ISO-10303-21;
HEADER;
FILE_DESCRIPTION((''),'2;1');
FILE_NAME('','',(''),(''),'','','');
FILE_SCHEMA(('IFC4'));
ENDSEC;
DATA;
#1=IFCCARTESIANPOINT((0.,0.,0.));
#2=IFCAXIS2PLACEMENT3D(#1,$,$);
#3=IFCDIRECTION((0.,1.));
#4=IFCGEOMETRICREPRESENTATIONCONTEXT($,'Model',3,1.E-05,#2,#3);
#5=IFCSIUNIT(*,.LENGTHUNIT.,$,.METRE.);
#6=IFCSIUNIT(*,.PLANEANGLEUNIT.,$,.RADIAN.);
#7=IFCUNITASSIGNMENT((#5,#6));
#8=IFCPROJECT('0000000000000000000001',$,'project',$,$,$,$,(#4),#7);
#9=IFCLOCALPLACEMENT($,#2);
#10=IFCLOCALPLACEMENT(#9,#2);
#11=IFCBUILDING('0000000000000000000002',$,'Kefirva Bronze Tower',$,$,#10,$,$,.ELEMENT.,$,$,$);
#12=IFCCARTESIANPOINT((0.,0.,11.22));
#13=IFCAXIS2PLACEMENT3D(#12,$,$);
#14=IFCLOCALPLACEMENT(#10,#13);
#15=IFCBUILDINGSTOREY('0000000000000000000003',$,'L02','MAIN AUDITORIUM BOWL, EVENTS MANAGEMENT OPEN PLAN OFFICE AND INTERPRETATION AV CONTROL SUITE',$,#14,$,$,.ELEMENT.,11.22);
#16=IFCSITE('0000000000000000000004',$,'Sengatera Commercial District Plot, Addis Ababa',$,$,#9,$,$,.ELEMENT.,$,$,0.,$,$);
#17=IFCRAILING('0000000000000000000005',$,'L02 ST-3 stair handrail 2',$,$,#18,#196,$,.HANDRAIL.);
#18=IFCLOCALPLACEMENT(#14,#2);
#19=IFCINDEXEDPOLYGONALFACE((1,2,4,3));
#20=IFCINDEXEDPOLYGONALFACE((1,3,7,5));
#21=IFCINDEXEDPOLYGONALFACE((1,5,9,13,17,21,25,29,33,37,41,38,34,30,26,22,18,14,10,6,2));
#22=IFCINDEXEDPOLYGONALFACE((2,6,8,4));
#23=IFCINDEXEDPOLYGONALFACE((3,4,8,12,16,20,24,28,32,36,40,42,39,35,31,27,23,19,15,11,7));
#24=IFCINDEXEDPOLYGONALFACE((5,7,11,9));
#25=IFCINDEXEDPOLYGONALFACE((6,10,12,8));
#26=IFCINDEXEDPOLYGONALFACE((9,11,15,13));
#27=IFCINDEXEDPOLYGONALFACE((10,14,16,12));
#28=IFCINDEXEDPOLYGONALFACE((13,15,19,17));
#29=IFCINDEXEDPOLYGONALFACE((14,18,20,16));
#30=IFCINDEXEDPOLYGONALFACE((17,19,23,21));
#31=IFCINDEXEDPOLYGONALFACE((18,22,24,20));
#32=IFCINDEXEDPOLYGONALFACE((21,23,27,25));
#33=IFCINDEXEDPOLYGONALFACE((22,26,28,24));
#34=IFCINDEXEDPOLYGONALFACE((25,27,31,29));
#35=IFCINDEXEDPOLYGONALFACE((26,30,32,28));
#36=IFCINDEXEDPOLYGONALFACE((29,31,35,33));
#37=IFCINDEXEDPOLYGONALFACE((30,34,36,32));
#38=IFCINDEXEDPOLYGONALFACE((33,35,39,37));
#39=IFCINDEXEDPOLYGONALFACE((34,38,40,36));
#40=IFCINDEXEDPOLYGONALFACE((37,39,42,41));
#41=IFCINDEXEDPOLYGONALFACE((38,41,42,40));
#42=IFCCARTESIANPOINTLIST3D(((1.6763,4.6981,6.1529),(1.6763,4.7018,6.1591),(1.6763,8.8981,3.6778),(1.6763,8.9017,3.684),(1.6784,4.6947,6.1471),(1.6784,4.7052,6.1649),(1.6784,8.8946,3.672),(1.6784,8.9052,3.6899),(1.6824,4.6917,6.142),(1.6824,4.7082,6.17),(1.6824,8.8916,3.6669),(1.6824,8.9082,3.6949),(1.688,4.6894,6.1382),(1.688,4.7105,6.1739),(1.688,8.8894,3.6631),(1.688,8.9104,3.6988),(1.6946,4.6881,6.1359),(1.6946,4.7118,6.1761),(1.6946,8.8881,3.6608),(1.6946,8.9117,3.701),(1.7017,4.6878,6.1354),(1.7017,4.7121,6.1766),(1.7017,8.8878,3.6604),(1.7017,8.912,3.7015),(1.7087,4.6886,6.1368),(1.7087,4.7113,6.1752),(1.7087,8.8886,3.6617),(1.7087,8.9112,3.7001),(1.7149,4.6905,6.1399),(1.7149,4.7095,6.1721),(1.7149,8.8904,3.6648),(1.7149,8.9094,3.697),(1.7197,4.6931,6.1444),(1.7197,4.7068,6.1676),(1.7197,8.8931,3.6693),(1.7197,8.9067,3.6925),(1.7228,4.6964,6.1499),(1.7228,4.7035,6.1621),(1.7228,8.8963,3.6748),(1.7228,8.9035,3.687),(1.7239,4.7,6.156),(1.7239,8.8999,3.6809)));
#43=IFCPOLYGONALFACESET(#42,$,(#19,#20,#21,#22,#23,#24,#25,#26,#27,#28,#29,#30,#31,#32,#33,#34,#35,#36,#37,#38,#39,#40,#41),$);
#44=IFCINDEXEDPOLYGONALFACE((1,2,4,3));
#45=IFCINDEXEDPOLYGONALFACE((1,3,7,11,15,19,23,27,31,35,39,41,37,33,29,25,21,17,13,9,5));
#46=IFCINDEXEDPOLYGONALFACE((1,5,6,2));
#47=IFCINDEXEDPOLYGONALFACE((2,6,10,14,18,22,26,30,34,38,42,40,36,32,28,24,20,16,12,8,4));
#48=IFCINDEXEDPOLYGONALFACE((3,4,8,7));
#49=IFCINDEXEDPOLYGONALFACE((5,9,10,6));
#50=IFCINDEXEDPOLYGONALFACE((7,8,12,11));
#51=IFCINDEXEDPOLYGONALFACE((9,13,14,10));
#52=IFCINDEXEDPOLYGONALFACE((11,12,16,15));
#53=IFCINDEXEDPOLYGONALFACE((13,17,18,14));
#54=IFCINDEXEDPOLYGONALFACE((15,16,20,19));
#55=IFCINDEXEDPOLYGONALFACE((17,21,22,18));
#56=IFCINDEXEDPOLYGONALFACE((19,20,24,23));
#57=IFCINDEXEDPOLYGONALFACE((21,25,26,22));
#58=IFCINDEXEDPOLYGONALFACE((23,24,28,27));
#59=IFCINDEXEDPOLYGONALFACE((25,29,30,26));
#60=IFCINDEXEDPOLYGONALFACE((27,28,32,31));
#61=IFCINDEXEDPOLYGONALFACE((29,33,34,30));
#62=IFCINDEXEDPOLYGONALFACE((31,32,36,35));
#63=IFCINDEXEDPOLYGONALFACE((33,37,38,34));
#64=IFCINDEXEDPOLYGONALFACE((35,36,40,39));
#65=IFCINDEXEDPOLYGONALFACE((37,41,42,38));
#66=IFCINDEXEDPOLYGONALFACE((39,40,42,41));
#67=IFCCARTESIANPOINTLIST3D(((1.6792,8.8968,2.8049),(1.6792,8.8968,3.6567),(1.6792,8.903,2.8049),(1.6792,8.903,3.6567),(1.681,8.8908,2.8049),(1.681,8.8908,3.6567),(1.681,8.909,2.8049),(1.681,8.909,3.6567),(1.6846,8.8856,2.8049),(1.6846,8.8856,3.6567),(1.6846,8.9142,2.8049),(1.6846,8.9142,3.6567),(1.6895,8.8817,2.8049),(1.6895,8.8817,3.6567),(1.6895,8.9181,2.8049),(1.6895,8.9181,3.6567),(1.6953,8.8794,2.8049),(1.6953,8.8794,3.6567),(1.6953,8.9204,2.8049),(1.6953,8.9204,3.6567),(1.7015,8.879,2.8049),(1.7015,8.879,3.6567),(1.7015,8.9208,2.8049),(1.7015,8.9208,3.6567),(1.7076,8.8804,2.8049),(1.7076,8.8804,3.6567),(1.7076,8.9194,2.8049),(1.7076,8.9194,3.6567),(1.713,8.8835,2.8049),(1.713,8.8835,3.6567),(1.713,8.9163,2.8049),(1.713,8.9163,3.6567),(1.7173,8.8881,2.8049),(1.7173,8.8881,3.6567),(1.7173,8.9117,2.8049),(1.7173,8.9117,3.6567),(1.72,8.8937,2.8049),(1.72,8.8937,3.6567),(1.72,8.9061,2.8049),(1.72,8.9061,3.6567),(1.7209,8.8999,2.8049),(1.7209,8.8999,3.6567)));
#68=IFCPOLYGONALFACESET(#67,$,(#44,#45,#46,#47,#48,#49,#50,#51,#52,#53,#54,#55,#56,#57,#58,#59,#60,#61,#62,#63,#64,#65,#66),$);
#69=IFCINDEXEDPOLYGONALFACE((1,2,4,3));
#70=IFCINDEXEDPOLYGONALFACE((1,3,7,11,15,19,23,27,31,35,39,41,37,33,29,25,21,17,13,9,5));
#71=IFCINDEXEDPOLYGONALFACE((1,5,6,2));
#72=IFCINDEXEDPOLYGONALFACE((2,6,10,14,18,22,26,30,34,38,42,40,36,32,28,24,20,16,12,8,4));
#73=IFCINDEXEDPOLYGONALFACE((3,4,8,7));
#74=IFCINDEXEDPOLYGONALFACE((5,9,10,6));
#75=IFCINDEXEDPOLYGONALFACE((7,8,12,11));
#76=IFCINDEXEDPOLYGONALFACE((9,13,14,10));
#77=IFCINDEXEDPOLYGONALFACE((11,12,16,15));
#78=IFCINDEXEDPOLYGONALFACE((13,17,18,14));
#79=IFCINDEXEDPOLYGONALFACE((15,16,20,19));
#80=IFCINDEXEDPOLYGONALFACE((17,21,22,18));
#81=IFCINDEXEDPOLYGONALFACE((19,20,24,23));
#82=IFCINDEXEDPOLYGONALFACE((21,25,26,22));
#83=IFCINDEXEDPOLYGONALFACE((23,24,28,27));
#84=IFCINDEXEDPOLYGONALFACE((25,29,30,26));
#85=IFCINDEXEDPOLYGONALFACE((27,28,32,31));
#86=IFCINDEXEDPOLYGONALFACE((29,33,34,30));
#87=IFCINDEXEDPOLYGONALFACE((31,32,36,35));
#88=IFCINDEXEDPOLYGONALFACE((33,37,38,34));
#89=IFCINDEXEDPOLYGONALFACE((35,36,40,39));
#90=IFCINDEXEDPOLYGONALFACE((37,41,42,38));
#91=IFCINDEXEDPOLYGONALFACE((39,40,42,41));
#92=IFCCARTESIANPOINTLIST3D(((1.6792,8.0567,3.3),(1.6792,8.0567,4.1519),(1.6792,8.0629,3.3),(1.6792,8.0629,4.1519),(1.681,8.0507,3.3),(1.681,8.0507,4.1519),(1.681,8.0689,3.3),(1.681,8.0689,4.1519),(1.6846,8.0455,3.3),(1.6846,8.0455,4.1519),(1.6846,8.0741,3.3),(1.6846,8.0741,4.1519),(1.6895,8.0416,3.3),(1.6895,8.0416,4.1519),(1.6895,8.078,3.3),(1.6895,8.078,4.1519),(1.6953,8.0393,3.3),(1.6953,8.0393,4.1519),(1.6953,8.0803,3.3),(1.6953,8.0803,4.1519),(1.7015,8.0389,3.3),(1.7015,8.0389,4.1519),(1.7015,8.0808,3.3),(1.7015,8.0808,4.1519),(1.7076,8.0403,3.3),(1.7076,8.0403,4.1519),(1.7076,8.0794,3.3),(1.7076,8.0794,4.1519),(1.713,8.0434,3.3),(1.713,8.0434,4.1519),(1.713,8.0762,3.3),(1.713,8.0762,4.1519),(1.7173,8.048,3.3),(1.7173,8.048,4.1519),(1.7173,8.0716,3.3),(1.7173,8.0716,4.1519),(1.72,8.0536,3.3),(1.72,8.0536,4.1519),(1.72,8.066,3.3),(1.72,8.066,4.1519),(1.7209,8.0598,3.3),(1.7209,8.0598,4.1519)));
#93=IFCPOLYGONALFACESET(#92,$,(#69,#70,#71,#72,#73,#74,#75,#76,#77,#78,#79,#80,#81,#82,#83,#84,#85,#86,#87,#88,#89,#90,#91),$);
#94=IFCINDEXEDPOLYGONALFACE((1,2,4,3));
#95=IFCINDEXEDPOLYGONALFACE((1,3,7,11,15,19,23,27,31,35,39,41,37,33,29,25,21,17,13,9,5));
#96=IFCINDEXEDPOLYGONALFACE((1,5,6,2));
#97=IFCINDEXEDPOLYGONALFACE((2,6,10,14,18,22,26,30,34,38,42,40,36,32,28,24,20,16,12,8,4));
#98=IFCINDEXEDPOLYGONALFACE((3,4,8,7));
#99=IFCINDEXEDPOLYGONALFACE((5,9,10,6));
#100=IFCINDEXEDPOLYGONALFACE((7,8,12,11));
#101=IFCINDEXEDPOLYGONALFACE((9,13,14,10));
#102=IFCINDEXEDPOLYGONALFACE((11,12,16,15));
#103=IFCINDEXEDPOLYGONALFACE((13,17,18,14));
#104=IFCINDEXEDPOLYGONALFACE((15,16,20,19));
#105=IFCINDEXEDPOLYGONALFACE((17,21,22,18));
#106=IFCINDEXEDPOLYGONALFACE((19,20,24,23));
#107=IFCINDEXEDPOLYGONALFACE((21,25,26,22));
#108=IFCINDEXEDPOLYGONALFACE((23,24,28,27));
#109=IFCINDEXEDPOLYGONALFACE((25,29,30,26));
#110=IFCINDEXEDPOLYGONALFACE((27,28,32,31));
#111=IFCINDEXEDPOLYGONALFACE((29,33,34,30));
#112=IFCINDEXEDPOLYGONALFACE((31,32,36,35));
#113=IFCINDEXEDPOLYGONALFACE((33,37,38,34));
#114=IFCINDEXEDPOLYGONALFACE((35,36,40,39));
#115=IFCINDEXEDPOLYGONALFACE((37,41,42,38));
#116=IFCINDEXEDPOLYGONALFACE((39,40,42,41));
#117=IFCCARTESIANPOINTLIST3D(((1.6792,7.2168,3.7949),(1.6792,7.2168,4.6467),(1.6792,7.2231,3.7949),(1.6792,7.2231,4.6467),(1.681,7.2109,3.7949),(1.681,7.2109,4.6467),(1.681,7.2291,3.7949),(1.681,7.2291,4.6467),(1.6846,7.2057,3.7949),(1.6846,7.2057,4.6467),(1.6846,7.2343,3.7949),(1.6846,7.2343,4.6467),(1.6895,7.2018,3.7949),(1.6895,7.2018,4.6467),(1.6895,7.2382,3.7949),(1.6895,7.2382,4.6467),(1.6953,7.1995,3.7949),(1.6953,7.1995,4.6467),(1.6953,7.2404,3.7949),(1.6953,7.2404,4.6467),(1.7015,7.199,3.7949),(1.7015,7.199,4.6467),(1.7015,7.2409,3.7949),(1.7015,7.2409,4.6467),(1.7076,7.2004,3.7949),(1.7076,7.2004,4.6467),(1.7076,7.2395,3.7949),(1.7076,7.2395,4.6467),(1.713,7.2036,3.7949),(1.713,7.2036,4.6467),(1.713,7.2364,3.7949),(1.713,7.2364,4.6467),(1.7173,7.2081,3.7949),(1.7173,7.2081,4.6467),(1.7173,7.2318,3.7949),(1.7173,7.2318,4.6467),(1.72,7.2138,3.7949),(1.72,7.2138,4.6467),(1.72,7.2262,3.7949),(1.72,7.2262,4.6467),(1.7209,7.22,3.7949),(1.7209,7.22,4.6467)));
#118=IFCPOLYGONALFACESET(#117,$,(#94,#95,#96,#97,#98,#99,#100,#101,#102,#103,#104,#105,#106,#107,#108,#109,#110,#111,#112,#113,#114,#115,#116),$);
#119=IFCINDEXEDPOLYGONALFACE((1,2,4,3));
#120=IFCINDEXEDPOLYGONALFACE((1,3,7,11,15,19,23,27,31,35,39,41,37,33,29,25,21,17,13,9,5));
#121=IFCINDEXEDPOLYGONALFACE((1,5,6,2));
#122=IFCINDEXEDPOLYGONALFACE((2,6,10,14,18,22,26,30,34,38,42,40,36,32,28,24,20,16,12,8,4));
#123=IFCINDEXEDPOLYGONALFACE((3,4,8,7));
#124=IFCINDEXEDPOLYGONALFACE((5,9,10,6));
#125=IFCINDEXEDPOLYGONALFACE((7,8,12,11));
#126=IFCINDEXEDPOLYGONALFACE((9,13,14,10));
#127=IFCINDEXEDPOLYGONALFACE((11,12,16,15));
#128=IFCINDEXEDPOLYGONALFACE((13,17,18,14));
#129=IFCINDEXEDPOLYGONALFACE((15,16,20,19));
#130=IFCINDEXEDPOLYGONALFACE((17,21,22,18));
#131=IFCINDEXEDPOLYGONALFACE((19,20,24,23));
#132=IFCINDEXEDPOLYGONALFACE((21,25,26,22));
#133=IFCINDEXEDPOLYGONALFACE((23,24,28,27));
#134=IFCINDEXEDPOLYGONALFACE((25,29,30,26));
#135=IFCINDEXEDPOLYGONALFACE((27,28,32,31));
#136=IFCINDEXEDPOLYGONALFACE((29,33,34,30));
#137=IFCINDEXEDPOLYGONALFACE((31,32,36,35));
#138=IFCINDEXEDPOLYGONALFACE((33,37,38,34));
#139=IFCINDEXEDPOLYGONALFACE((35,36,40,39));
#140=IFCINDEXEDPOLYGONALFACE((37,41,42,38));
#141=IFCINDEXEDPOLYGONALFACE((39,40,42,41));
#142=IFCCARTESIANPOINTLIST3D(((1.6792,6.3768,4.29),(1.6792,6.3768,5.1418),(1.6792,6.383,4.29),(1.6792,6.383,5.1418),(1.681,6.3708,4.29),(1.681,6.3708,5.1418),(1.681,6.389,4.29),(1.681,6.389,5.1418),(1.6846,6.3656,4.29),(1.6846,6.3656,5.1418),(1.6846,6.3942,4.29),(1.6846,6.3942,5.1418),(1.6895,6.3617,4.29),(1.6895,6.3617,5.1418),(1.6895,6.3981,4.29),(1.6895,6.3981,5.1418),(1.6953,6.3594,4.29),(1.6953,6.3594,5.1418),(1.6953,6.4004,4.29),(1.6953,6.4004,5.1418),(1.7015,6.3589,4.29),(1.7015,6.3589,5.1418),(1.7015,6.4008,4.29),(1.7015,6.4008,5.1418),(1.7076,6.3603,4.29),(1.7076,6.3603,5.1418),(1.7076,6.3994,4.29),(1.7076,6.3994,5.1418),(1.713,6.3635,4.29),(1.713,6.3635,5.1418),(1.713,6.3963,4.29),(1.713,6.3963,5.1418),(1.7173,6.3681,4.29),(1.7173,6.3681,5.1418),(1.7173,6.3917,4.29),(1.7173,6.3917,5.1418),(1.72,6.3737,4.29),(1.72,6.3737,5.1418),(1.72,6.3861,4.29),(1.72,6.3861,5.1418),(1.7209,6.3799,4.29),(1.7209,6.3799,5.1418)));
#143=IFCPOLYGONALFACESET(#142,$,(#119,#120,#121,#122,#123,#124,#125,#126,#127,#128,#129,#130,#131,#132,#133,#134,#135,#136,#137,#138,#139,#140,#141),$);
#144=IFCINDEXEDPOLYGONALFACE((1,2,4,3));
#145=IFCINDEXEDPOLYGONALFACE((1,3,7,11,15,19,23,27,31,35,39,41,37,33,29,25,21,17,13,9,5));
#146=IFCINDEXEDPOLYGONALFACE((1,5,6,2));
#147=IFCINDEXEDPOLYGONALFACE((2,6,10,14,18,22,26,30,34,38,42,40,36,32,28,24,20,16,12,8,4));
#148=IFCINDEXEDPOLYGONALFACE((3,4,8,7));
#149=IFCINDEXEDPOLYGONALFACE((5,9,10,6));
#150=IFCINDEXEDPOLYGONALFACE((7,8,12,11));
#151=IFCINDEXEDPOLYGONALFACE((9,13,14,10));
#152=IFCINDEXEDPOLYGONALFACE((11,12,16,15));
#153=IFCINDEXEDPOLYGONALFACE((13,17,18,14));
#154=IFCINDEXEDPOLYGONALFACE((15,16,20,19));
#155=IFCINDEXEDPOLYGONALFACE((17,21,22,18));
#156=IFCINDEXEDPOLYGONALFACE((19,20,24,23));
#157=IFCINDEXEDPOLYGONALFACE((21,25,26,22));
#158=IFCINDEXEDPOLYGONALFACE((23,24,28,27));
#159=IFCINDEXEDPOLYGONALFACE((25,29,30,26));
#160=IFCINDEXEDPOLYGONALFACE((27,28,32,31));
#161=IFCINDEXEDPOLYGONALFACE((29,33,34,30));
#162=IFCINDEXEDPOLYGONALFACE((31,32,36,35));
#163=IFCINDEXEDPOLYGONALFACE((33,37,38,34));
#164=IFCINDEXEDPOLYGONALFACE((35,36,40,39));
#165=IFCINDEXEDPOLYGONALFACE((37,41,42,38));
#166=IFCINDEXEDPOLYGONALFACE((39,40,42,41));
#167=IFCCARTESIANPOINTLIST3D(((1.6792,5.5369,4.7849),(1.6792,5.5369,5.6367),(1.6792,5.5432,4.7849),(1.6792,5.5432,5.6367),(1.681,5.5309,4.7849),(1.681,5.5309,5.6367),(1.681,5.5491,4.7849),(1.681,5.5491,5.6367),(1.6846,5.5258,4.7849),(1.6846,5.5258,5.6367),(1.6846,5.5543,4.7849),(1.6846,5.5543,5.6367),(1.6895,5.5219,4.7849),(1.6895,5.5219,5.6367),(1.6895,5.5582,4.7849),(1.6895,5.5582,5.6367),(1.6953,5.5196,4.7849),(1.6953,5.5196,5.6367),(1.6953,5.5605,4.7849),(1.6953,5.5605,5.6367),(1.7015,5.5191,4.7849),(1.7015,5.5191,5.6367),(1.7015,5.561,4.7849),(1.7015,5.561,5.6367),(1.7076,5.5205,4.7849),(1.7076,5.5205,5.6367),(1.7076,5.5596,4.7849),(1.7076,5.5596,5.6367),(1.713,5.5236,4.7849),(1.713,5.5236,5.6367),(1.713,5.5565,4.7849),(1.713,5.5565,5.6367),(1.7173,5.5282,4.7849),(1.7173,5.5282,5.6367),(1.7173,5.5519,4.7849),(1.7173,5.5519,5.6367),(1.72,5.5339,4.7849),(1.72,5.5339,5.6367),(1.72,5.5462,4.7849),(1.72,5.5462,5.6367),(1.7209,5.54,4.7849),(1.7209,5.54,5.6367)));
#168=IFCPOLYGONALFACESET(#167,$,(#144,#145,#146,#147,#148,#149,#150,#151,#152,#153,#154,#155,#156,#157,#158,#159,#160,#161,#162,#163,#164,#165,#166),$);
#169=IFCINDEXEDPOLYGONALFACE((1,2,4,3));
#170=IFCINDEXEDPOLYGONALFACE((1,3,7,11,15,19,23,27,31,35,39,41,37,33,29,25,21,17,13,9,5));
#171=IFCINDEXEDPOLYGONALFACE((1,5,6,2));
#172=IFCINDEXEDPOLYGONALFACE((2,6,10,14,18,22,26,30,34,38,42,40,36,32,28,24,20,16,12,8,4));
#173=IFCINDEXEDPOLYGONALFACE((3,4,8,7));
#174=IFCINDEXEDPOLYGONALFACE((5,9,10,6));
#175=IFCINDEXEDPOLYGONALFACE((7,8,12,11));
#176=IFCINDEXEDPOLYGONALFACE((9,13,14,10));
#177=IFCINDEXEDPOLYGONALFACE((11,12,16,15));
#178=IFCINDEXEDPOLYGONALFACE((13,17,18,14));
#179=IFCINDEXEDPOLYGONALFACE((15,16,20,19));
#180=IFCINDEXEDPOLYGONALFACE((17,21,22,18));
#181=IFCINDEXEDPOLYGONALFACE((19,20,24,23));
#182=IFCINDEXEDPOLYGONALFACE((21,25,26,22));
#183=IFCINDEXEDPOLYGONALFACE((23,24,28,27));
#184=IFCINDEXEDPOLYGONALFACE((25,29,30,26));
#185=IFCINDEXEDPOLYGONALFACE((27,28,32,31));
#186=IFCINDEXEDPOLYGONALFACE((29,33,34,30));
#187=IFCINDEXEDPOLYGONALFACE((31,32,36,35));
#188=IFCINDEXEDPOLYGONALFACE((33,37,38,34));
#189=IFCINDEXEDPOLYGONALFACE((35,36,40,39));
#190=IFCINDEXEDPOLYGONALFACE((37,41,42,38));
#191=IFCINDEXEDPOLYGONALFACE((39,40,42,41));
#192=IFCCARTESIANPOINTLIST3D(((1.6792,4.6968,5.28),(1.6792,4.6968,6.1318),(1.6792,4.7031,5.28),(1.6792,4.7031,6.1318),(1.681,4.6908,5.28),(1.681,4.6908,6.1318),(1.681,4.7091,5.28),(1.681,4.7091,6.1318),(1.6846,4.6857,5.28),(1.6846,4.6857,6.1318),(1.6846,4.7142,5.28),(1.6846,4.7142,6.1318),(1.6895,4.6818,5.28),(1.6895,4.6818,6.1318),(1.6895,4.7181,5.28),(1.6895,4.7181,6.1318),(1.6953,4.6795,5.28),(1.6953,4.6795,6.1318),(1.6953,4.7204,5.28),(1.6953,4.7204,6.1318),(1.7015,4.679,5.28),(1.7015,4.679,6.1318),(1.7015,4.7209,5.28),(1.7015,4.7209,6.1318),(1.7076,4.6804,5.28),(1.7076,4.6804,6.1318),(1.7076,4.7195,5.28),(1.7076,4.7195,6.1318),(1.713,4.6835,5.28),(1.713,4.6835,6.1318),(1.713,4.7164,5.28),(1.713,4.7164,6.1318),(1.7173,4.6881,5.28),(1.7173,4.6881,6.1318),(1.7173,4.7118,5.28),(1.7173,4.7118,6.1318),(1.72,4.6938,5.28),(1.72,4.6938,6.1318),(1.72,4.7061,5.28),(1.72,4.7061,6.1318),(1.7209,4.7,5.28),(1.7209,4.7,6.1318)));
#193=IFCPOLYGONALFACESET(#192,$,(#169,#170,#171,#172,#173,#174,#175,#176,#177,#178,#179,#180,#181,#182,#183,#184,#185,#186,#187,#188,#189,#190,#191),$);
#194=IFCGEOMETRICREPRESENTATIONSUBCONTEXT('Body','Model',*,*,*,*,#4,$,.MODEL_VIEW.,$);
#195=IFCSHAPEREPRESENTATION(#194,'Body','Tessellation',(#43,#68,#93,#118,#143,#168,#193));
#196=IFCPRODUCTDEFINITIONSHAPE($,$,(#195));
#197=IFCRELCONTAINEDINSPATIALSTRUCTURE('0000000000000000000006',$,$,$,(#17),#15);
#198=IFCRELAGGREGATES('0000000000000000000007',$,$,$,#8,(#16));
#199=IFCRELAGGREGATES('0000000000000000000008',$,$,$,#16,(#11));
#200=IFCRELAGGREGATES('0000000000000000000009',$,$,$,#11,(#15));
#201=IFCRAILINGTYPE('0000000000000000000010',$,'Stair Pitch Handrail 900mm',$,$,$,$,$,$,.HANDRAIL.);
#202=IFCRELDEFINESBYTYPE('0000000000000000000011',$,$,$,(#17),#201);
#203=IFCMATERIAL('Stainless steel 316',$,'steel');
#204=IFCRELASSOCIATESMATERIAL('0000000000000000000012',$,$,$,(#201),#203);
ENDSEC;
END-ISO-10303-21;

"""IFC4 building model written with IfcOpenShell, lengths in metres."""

from ifc_helpers import new_model, si_unit, direction, frame, origin, origin_2d, place, context, subcontext, project, spatial, circle, extrude, material, type_object, element, save


model = new_model("IFC4")

# Units and contexts
model_context = context("Model", 3, precision=1e-05, world=origin(), true_north=direction((0.0, 1.0)))
body_context = subcontext(model_context, "Body", "Model", "MODEL_VIEW")
ifc_project = project(units=[si_unit("LENGTHUNIT", "METRE"), si_unit("PLANEANGLEUNIT", "RADIAN")], contexts=[model_context])

# Site, building, storey
site_placement = place(None, origin())
site = spatial("IfcSite", under=ifc_project, at=site_placement, Name="Sengatera Commercial District Plot, Addis Ababa", CompositionType="ELEMENT", RefElevation=0.0)
building_placement = place(site_placement, origin())
building = spatial("IfcBuilding", under=site, at=building_placement, Name="Kefirva Bronze Tower", CompositionType="ELEMENT")
storey_placement = place(building_placement, frame((0.0, 0.0, 11.22)))
storey = spatial("IfcBuildingStorey", under=building, at=storey_placement, Name="L02", Description="MAIN AUDITORIUM BOWL, EVENTS MANAGEMENT OPEN PLAN OFFICE AND INTERPRETATION AV CONTROL SUITE", CompositionType="ELEMENT", Elevation=11.22)

# Railing
ifc_material_1 = material(Name="Stainless steel 316", Category="steel")
railing_type_1 = type_object("IfcRailingType", Name="Stair Pitch Handrail 900mm", PredefinedType="HANDRAIL", material=ifc_material_1)
railing_1_placement = place(storey_placement, frame((1.7, 8.8999, 2.8049)))
element("IfcRailing", 1, at=railing_1_placement, inside=storey, type_object=railing_type_1, Name="L02 ST-3 stair handrail 2", PredefinedType="HANDRAIL", context=body_context, shape_type="SweptSolid", body=[
    extrude(circle(Radius=0.0239, at=origin_2d()), frame((0.0, 0.0, 0.876), z_axis=(0.0, -0.861527, 0.507712), x_axis=(1.0, 0.0, 0.0)), (0.0, 0.0, 1.0), 4.875),
    extrude(circle(Radius=0.021, at=origin_2d()), origin(), (0.0, 0.0, 1.0), 0.8518),
    extrude(circle(Radius=0.021, at=origin_2d()), frame((0.0, -0.8401, 0.4951)), (0.0, 0.0, 1.0), 0.8518),
    extrude(circle(Radius=0.021, at=origin_2d()), frame((0.0, -1.6799, 0.99)), (0.0, 0.0, 1.0), 0.8518),
    extrude(circle(Radius=0.021, at=origin_2d()), frame((0.0, -2.52, 1.4851)), (0.0, 0.0, 1.0), 0.8518),
    extrude(circle(Radius=0.021, at=origin_2d()), frame((0.0, -3.3599, 1.98)), (0.0, 0.0, 1.0), 0.8518),
    extrude(circle(Radius=0.021, at=origin_2d()), frame((0.0, -4.2, 2.4751)), (0.0, 0.0, 1.0), 0.8518),
])

save(model, "model.ifc")
